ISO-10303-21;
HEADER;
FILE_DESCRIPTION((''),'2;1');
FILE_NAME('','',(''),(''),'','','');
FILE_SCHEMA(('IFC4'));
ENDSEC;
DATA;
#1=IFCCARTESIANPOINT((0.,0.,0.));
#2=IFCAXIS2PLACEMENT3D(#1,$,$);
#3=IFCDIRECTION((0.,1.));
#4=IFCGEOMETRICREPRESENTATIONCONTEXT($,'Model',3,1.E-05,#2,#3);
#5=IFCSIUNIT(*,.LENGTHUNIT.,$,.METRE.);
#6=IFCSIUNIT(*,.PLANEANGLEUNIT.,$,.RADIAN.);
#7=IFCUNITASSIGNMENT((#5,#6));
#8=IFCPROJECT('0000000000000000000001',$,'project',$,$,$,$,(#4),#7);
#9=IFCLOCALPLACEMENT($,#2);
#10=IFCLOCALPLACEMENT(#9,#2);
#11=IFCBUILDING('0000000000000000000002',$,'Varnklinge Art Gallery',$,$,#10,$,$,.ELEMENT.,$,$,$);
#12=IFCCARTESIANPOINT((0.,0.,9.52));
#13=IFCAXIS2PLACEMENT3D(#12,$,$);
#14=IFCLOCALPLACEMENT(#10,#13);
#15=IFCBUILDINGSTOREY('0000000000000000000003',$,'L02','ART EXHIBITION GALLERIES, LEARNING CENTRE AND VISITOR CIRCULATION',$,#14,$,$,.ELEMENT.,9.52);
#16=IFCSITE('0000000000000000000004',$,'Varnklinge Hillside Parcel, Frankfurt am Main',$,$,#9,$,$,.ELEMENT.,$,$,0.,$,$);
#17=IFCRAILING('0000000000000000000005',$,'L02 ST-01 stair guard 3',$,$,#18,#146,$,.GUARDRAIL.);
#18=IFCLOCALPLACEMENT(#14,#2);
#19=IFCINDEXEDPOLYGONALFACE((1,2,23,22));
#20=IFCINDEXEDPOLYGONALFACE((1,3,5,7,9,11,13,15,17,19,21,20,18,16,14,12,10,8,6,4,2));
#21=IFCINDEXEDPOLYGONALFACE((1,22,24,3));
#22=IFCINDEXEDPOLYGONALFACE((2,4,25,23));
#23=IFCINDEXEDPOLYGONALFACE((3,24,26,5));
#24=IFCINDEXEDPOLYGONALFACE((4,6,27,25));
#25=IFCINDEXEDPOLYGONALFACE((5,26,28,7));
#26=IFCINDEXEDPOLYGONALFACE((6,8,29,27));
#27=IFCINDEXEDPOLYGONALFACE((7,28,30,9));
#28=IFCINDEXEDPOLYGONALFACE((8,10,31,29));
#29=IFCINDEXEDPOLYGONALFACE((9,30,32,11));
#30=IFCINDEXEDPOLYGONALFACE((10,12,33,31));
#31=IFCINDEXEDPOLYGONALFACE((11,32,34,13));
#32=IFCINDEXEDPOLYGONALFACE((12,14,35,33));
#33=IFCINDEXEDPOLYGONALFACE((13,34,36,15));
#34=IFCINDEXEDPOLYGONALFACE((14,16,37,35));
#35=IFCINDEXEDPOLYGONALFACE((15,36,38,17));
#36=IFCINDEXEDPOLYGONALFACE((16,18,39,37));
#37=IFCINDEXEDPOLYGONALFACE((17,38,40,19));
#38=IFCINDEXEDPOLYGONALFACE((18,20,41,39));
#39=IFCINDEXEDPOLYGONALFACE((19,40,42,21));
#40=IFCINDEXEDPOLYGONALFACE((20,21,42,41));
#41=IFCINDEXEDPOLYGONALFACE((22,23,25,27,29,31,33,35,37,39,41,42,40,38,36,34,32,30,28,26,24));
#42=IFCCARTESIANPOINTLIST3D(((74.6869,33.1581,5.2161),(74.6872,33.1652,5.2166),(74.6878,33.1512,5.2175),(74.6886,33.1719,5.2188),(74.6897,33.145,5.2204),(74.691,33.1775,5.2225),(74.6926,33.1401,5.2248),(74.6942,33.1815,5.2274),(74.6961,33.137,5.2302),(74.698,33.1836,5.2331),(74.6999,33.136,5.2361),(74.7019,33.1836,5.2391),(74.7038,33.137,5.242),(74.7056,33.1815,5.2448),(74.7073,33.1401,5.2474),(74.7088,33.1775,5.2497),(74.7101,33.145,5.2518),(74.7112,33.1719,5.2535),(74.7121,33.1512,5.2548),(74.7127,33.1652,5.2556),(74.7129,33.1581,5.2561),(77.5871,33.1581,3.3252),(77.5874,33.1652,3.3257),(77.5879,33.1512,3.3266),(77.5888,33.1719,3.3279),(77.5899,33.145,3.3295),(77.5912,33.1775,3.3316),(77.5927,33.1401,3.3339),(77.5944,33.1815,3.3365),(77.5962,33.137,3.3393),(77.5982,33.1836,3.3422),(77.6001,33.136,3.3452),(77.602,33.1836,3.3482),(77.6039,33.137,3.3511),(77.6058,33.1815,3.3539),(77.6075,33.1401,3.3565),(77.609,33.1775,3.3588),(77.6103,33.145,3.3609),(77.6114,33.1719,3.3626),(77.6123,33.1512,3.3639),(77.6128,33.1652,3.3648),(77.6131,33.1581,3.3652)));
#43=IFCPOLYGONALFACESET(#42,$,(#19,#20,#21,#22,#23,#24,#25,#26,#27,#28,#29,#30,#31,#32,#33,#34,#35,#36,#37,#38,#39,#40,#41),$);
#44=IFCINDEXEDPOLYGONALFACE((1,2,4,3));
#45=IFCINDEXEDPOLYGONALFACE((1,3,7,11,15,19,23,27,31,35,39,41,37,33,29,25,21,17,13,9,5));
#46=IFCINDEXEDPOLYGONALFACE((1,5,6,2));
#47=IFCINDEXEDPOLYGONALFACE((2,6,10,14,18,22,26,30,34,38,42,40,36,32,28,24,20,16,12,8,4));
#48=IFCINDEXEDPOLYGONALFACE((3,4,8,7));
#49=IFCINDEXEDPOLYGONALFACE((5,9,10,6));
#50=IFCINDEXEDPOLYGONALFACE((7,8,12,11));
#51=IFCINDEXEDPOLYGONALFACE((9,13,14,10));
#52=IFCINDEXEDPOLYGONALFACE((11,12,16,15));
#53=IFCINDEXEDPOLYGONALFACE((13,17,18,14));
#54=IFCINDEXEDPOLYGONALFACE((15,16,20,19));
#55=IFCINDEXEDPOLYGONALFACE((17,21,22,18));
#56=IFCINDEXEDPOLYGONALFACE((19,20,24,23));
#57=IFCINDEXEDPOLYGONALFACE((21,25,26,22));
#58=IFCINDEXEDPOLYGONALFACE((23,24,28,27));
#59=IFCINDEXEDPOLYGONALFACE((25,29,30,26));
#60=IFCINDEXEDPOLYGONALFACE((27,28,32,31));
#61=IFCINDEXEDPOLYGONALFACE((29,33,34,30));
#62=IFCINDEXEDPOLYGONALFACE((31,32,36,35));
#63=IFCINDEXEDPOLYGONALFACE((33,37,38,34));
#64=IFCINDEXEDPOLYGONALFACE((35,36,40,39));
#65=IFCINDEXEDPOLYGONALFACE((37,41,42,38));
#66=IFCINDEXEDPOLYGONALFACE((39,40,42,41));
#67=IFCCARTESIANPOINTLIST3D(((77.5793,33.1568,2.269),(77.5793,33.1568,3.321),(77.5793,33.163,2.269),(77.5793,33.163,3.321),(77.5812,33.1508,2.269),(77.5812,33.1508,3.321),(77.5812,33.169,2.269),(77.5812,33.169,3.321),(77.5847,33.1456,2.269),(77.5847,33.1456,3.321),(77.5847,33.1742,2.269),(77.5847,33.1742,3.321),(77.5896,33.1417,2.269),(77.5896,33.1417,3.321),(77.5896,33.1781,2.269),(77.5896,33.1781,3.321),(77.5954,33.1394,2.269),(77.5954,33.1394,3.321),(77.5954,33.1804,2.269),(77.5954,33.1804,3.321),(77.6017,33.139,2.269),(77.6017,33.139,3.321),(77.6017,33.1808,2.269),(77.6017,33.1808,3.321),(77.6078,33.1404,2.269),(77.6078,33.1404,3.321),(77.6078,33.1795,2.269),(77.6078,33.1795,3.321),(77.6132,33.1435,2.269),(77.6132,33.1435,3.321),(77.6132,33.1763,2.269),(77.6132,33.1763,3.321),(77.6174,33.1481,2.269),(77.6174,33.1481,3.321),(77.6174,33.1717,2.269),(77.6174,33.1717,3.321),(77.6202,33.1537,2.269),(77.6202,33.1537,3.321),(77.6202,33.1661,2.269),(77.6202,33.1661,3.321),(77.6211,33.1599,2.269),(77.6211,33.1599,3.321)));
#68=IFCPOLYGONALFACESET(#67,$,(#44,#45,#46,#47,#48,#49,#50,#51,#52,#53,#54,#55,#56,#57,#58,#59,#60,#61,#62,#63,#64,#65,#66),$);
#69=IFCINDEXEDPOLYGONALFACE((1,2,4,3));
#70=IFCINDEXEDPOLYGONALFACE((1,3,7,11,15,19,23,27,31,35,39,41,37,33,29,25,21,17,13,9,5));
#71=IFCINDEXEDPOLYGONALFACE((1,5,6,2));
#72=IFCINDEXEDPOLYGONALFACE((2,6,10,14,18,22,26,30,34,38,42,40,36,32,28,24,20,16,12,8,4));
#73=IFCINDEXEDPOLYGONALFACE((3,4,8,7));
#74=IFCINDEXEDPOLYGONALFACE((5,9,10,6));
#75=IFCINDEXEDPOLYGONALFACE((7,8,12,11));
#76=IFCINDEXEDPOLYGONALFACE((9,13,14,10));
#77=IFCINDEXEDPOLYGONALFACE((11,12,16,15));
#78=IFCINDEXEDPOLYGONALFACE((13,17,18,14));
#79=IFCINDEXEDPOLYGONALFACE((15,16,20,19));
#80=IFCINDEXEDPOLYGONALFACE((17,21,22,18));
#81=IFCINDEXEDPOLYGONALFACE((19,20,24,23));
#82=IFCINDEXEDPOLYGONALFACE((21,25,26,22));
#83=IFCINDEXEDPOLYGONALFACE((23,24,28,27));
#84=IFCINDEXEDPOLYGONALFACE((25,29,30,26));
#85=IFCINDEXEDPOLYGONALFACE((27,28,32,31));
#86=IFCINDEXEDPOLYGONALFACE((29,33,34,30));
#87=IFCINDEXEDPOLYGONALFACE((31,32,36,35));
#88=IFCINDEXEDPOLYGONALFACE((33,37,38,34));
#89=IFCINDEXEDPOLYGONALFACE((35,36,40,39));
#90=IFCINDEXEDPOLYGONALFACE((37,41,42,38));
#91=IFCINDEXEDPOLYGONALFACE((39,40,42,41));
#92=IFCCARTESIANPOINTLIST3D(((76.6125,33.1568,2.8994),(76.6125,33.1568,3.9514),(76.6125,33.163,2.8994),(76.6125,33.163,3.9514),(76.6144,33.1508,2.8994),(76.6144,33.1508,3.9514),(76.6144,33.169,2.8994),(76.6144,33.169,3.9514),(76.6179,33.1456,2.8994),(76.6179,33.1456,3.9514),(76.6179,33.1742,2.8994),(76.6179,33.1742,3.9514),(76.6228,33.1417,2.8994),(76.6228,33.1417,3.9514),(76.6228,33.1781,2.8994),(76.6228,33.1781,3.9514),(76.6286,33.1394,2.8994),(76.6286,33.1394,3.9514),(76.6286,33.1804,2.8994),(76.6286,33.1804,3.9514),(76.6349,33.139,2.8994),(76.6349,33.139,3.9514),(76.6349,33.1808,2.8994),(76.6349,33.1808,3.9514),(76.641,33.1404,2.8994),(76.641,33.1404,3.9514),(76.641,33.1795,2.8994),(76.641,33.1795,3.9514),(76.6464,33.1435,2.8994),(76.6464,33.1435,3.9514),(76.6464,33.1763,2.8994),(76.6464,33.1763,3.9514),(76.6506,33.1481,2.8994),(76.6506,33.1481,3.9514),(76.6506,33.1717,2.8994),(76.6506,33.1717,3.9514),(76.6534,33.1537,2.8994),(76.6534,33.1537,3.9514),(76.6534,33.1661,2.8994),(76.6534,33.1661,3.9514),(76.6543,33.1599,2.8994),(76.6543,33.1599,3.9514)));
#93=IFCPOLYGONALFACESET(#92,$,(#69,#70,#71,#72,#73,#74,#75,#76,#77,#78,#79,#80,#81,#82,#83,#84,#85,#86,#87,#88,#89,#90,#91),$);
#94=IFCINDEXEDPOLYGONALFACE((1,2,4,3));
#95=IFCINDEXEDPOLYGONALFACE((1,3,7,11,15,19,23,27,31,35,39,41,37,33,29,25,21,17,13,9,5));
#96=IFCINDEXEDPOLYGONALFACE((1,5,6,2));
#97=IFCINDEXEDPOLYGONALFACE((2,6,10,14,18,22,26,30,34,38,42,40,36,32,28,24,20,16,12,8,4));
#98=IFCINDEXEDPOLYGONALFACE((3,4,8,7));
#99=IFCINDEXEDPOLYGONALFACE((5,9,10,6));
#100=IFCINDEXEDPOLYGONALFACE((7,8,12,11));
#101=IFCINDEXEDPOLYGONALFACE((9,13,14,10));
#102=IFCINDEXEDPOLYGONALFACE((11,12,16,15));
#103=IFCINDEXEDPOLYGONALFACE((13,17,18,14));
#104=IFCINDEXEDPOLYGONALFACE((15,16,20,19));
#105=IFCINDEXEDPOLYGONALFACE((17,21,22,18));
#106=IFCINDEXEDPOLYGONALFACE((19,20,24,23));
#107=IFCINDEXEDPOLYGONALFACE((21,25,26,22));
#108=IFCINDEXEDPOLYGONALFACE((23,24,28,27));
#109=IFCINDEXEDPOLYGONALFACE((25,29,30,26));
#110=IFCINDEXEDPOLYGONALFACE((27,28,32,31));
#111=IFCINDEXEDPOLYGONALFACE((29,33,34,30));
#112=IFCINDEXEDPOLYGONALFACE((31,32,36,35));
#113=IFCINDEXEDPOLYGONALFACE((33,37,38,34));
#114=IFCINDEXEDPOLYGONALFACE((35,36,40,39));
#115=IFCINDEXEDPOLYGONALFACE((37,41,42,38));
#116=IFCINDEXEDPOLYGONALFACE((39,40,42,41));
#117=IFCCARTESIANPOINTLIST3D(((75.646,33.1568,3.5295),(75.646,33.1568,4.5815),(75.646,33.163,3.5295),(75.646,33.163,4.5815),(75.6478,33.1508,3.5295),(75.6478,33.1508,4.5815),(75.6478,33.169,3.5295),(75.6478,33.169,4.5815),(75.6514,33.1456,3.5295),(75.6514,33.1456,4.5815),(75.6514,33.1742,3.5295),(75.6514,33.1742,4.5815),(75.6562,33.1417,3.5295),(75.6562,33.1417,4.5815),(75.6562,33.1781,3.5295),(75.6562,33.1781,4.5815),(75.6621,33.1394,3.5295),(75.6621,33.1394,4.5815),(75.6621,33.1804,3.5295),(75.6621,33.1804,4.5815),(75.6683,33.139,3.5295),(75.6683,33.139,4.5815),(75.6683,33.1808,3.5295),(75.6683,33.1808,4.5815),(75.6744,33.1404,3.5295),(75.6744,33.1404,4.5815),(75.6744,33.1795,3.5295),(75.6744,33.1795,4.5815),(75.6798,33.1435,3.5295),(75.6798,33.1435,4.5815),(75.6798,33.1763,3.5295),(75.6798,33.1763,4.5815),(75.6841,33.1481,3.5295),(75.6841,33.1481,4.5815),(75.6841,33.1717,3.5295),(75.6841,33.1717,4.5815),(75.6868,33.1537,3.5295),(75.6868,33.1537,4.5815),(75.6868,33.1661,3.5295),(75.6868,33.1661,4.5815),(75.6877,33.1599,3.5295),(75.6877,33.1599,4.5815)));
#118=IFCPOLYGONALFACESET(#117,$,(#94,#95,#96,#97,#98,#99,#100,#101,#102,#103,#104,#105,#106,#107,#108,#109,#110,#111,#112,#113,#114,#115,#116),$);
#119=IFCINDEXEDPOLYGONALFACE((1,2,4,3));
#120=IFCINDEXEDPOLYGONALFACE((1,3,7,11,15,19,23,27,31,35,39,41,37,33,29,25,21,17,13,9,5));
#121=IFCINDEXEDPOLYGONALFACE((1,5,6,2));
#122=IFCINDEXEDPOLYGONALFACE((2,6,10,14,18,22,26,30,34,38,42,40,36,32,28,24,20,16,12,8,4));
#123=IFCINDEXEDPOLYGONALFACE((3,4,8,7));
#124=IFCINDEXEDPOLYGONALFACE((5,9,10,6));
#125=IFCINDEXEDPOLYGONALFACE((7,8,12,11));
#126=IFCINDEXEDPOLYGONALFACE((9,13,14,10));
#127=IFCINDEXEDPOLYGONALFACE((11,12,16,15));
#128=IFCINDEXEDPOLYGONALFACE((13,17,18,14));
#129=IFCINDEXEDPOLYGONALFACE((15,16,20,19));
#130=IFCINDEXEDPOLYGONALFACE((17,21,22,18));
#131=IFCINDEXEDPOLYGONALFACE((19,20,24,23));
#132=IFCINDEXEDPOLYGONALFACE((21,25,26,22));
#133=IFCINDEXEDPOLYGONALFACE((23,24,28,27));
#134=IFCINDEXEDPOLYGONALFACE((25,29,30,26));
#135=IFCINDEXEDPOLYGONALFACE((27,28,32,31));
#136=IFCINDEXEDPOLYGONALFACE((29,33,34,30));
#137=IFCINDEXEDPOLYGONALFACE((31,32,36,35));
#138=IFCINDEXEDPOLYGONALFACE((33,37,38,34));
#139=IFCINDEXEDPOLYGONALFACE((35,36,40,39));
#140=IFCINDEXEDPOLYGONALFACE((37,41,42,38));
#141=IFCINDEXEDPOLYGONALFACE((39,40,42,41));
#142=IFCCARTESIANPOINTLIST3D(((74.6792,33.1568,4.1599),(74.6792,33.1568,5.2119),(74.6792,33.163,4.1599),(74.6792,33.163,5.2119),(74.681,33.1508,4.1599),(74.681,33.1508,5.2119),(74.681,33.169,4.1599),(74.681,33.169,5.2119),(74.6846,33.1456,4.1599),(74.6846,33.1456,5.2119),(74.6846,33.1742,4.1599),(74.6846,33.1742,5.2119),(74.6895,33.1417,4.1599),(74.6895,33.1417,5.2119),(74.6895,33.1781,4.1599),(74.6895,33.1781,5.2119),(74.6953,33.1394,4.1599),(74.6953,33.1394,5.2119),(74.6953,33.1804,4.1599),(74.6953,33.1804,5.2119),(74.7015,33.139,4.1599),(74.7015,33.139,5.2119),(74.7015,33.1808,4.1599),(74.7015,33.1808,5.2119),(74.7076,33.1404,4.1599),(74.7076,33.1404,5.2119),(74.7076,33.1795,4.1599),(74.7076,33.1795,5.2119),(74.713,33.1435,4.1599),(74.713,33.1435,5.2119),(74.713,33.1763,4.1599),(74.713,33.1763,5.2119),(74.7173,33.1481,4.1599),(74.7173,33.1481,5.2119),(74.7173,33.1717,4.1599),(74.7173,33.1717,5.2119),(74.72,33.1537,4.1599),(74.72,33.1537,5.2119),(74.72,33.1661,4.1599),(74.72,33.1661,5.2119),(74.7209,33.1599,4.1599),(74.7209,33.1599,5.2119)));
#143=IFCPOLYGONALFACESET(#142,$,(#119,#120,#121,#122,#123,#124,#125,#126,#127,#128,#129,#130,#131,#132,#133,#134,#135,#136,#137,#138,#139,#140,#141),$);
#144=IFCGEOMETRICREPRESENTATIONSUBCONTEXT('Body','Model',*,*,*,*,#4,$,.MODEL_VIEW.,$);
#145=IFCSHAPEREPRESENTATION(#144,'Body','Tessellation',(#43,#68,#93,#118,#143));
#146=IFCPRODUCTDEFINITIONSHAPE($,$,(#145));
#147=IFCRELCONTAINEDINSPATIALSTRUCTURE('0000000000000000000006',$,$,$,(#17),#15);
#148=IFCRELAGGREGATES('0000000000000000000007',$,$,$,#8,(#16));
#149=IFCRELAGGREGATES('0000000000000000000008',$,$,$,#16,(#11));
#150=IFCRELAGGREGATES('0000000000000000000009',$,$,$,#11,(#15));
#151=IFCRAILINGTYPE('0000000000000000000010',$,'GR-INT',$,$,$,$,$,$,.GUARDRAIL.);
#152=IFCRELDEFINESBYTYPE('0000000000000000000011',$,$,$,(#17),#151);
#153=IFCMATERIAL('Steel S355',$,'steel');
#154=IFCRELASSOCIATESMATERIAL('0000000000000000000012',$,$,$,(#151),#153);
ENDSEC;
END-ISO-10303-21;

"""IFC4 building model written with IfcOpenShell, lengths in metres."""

from ifc_helpers import new_model, si_unit, direction, frame, origin, origin_2d, place, context, subcontext, project, spatial, circle, extrude, material, type_object, element, save


model = new_model("IFC4")

# Units and contexts
model_context = context("Model", 3, precision=1e-05, world=origin(), true_north=direction((0.0, 1.0)))
body_context = subcontext(model_context, "Body", "Model", "MODEL_VIEW")
ifc_project = project(units=[si_unit("LENGTHUNIT", "METRE"), si_unit("PLANEANGLEUNIT", "RADIAN")], contexts=[model_context])

# Site, building, storey
site_placement = place(None, origin())
site = spatial("IfcSite", under=ifc_project, at=site_placement, Name="Varnklinge Hillside Parcel, Frankfurt am Main", CompositionType="ELEMENT", RefElevation=0.0)
building_placement = place(site_placement, origin())
building = spatial("IfcBuilding", under=site, at=building_placement, Name="Varnklinge Art Gallery", CompositionType="ELEMENT")
storey_placement = place(building_placement, frame((0.0, 0.0, 9.52)))
storey = spatial("IfcBuildingStorey", under=building, at=storey_placement, Name="L02", Description="ART EXHIBITION GALLERIES, LEARNING CENTRE AND VISITOR CIRCULATION", CompositionType="ELEMENT", Elevation=9.52)

# Railing
ifc_material_1 = material(Name="Steel S355", Category="steel")
railing_type_1 = type_object("IfcRailingType", Name="GR-INT", PredefinedType="GUARDRAIL", material=ifc_material_1)
railing_1_placement = place(storey_placement, frame((77.6001, 33.1599, 2.269)))
element("IfcRailing", 1, at=railing_1_placement, inside=storey, type_object=railing_type_1, Name="L02 ST-01 stair guard 3", PredefinedType="GUARDRAIL", context=body_context, shape_type="SweptSolid", body=[
    extrude(circle(Radius=0.0239, at=origin_2d()), frame((0.0, 0.0, 1.0762), z_axis=(-0.837681, 0.0, 0.54616), x_axis=(0.0, -1.0, 0.0)), (0.0, 0.0, 1.0), 3.4622),
    extrude(circle(Radius=0.021, at=origin_2d()), origin(), (0.0, 0.0, 1.0), 1.052),
    extrude(circle(Radius=0.021, at=origin_2d()), frame((-0.9668, 0.0, 0.6304)), (0.0, 0.0, 1.0), 1.052),
    extrude(circle(Radius=0.021, at=origin_2d()), frame((-1.9333, 0.0, 1.2605)), (0.0, 0.0, 1.0), 1.052),
    extrude(circle(Radius=0.021, at=origin_2d()), frame((-2.9001, 0.0, 1.8909)), (0.0, 0.0, 1.0), 1.052),
])

save(model, "model.ifc")
